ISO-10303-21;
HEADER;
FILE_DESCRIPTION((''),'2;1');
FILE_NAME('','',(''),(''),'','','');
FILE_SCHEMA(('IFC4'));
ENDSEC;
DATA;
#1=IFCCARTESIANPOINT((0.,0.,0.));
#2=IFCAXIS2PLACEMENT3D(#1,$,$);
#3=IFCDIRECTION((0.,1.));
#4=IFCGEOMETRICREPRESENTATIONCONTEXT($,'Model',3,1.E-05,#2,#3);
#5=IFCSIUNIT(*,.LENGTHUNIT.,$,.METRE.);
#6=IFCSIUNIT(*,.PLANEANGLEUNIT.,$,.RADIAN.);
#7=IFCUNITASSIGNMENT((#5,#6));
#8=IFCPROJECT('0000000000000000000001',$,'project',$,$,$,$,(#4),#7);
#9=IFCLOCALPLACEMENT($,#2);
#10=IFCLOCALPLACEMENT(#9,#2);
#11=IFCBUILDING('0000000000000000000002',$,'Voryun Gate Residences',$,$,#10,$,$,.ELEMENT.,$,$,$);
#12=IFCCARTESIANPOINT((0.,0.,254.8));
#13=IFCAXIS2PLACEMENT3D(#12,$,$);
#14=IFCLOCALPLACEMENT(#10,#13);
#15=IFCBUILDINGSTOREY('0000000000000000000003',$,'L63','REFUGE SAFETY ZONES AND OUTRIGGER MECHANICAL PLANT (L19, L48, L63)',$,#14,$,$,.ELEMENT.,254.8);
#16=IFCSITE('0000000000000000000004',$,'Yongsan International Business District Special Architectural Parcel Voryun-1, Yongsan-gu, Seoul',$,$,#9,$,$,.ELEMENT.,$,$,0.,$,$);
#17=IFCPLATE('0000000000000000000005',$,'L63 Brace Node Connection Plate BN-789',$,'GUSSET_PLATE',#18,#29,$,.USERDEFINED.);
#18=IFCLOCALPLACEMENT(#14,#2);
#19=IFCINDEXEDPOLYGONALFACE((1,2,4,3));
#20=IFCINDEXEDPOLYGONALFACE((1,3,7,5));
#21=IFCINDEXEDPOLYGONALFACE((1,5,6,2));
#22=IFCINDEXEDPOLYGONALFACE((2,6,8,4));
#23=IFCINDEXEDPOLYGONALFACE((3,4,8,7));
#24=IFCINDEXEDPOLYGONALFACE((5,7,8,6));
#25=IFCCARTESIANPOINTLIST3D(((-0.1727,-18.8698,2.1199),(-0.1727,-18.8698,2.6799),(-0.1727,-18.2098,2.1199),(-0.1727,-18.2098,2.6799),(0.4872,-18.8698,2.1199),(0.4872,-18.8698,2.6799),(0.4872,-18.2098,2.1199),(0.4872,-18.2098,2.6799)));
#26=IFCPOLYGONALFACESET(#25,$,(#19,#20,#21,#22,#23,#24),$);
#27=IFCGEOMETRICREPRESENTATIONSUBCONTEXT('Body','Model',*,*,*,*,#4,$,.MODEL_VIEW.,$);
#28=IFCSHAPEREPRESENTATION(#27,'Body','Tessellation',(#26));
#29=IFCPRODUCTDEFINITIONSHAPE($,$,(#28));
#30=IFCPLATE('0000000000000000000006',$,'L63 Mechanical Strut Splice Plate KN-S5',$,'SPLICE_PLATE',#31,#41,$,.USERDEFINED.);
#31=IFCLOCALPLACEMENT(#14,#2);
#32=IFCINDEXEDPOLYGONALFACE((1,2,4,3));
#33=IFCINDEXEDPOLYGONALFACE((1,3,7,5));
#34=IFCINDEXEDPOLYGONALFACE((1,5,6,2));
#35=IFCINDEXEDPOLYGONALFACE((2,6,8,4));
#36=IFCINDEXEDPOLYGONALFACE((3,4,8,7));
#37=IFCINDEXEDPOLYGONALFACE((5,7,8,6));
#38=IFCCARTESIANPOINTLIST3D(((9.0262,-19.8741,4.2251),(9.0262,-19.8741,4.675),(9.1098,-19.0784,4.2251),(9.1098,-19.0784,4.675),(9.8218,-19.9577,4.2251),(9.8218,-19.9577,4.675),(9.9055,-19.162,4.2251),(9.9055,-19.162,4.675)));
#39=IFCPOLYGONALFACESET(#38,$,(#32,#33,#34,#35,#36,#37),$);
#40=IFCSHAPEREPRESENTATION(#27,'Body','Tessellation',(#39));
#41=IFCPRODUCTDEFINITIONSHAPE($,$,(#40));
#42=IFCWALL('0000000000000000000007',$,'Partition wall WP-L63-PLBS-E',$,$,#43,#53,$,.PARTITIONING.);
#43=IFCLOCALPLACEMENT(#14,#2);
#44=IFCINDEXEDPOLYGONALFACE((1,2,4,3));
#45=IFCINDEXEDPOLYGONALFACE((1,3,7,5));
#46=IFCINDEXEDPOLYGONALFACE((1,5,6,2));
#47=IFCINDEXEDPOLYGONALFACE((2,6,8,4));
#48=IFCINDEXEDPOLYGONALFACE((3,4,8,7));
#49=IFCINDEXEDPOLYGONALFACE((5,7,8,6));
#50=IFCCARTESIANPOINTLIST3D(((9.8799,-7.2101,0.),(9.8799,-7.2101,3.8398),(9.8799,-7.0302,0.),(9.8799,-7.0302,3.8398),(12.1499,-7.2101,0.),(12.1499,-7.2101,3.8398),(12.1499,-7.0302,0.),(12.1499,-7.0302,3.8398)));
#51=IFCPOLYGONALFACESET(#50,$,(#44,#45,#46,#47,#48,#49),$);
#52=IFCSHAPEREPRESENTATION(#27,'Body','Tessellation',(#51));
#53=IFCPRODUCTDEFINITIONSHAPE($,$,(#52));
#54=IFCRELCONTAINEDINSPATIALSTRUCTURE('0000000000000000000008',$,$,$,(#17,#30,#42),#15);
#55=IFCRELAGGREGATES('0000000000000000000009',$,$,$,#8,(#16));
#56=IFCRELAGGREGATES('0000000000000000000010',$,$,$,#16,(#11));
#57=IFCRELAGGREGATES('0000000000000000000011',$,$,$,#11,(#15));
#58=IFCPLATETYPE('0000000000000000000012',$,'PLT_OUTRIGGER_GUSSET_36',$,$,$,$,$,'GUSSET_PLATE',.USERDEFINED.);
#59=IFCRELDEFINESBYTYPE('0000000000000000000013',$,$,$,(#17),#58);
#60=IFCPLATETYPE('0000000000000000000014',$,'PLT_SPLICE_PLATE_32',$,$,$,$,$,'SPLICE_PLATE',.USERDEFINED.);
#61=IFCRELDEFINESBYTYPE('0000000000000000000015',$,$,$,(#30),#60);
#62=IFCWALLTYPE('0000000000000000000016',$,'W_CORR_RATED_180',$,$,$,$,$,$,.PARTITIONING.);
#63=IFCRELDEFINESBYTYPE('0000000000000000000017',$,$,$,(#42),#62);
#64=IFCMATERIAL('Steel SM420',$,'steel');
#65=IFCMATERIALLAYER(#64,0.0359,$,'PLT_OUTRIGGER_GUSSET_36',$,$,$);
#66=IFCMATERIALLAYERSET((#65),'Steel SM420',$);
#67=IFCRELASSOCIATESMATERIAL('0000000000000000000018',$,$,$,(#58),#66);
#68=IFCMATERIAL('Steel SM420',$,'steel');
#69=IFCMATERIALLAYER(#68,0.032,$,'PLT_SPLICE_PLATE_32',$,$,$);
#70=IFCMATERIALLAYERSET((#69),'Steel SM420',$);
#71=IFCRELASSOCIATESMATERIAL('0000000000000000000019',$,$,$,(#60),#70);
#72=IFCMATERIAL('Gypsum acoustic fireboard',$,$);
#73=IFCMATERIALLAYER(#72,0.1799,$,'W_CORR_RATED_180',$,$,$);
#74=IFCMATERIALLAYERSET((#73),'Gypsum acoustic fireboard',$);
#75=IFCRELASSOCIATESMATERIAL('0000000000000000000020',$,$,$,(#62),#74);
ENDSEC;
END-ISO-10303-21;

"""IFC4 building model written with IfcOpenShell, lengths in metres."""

from ifc_helpers import new_model, si_unit, direction, frame, frame_2d, origin, origin_2d, place, context, subcontext, project, spatial, rectangle, extrude, material, layer, layer_set, type_object, element, save


model = new_model("IFC4")

# Units and contexts
model_context = context("Model", 3, precision=1e-05, world=origin(), true_north=direction((0.0, 1.0)))
body_context = subcontext(model_context, "Body", "Model", "MODEL_VIEW")
ifc_project = project(units=[si_unit("LENGTHUNIT", "METRE"), si_unit("PLANEANGLEUNIT", "RADIAN")], contexts=[model_context])

# Site, building, storey
site_placement = place(None, origin())
site = spatial("IfcSite", under=ifc_project, at=site_placement, Name="Yongsan International Business District Special Architectural Parcel Voryun-1, Yongsan-gu, Seoul", CompositionType="ELEMENT", RefElevation=0.0)
building_placement = place(site_placement, origin())
building = spatial("IfcBuilding", under=site, at=building_placement, Name="Voryun Gate Residences", CompositionType="ELEMENT")
storey_placement = place(building_placement, frame((0.0, 0.0, 254.8)))
storey = spatial("IfcBuildingStorey", under=building, at=storey_placement, Name="L63", Description="REFUGE SAFETY ZONES AND OUTRIGGER MECHANICAL PLANT (L19, L48, L63)", CompositionType="ELEMENT", Elevation=254.8)

# Plates
ifc_material_1 = material(Name="Steel SM420", Category="steel")
ifc_layer_1 = layer(ifc_material_1, 0.0359, Name="PLT_OUTRIGGER_GUSSET_36")
ifc_layer_set_1 = layer_set([ifc_layer_1], Name="Steel SM420")
plate_type_1 = type_object("IfcPlateType", Name="PLT_OUTRIGGER_GUSSET_36", ElementType="GUSSET_PLATE", PredefinedType="USERDEFINED", material=ifc_layer_set_1)
plate_1_placement = place(storey_placement, frame((0.1572, -18.5398, 2.1199), z_axis=(0.0, 0.0, 1.0), x_axis=(1.0, 0.0, 0.0)))
element("IfcPlate", 1, at=plate_1_placement, inside=storey, type_object=plate_type_1, Name="L63 Brace Node Connection Plate BN-789", ObjectType="GUSSET_PLATE", PredefinedType="USERDEFINED", context=body_context, shape_type="SweptSolid", body=[
    extrude(rectangle(XDim=0.6599, YDim=0.6599, at=origin_2d()), origin(), (0.0, 0.0, 1.0), 0.5601),
])
ifc_material_2 = material(Name="Steel SM420", Category="steel")
ifc_layer_2 = layer(ifc_material_2, 0.032, Name="PLT_SPLICE_PLATE_32")
ifc_layer_set_2 = layer_set([ifc_layer_2], Name="Steel SM420")
plate_type_2 = type_object("IfcPlateType", Name="PLT_SPLICE_PLATE_32", ElementType="SPLICE_PLATE", PredefinedType="USERDEFINED", material=ifc_layer_set_2)
plate_2_placement = place(storey_placement, frame((9.4658, -19.5181, 4.2251), z_axis=(0.0, 0.0, 1.0), x_axis=(0.994522, -0.104528, 0.0)))
element("IfcPlate", 2, at=plate_2_placement, inside=storey, type_object=plate_type_2, Name="L63 Mechanical Strut Splice Plate KN-S5", ObjectType="SPLICE_PLATE", PredefinedType="USERDEFINED", context=body_context, shape_type="SweptSolid", body=[
    extrude(rectangle(XDim=0.8, YDim=0.8, at=origin_2d()), origin(), (0.0, 0.0, 1.0), 0.45),
])

# Wall
ifc_material_3 = material(Name="Gypsum acoustic fireboard")
ifc_layer_3 = layer(ifc_material_3, 0.1799, Name="W_CORR_RATED_180")
ifc_layer_set_3 = layer_set([ifc_layer_3], Name="Gypsum acoustic fireboard")
wall_type = type_object("IfcWallType", Name="W_CORR_RATED_180", PredefinedType="PARTITIONING", material=ifc_layer_set_3)
wall_placement = place(storey_placement, frame((9.8799, -7.1201, 0.0), z_axis=(0.0, 0.0, 1.0), x_axis=(1.0, 0.0, 0.0)))
element("IfcWall", 3, at=wall_placement, inside=storey, type_object=wall_type, Name="Partition wall WP-L63-PLBS-E", PredefinedType="PARTITIONING", context=body_context, shape_type="SweptSolid", body=[
    extrude(rectangle(XDim=2.27, YDim=0.1799, at=frame_2d((1.135, 0.0))), origin(), (0.0, 0.0, 1.0), 3.8398),
])

save(model, "model.ifc")
